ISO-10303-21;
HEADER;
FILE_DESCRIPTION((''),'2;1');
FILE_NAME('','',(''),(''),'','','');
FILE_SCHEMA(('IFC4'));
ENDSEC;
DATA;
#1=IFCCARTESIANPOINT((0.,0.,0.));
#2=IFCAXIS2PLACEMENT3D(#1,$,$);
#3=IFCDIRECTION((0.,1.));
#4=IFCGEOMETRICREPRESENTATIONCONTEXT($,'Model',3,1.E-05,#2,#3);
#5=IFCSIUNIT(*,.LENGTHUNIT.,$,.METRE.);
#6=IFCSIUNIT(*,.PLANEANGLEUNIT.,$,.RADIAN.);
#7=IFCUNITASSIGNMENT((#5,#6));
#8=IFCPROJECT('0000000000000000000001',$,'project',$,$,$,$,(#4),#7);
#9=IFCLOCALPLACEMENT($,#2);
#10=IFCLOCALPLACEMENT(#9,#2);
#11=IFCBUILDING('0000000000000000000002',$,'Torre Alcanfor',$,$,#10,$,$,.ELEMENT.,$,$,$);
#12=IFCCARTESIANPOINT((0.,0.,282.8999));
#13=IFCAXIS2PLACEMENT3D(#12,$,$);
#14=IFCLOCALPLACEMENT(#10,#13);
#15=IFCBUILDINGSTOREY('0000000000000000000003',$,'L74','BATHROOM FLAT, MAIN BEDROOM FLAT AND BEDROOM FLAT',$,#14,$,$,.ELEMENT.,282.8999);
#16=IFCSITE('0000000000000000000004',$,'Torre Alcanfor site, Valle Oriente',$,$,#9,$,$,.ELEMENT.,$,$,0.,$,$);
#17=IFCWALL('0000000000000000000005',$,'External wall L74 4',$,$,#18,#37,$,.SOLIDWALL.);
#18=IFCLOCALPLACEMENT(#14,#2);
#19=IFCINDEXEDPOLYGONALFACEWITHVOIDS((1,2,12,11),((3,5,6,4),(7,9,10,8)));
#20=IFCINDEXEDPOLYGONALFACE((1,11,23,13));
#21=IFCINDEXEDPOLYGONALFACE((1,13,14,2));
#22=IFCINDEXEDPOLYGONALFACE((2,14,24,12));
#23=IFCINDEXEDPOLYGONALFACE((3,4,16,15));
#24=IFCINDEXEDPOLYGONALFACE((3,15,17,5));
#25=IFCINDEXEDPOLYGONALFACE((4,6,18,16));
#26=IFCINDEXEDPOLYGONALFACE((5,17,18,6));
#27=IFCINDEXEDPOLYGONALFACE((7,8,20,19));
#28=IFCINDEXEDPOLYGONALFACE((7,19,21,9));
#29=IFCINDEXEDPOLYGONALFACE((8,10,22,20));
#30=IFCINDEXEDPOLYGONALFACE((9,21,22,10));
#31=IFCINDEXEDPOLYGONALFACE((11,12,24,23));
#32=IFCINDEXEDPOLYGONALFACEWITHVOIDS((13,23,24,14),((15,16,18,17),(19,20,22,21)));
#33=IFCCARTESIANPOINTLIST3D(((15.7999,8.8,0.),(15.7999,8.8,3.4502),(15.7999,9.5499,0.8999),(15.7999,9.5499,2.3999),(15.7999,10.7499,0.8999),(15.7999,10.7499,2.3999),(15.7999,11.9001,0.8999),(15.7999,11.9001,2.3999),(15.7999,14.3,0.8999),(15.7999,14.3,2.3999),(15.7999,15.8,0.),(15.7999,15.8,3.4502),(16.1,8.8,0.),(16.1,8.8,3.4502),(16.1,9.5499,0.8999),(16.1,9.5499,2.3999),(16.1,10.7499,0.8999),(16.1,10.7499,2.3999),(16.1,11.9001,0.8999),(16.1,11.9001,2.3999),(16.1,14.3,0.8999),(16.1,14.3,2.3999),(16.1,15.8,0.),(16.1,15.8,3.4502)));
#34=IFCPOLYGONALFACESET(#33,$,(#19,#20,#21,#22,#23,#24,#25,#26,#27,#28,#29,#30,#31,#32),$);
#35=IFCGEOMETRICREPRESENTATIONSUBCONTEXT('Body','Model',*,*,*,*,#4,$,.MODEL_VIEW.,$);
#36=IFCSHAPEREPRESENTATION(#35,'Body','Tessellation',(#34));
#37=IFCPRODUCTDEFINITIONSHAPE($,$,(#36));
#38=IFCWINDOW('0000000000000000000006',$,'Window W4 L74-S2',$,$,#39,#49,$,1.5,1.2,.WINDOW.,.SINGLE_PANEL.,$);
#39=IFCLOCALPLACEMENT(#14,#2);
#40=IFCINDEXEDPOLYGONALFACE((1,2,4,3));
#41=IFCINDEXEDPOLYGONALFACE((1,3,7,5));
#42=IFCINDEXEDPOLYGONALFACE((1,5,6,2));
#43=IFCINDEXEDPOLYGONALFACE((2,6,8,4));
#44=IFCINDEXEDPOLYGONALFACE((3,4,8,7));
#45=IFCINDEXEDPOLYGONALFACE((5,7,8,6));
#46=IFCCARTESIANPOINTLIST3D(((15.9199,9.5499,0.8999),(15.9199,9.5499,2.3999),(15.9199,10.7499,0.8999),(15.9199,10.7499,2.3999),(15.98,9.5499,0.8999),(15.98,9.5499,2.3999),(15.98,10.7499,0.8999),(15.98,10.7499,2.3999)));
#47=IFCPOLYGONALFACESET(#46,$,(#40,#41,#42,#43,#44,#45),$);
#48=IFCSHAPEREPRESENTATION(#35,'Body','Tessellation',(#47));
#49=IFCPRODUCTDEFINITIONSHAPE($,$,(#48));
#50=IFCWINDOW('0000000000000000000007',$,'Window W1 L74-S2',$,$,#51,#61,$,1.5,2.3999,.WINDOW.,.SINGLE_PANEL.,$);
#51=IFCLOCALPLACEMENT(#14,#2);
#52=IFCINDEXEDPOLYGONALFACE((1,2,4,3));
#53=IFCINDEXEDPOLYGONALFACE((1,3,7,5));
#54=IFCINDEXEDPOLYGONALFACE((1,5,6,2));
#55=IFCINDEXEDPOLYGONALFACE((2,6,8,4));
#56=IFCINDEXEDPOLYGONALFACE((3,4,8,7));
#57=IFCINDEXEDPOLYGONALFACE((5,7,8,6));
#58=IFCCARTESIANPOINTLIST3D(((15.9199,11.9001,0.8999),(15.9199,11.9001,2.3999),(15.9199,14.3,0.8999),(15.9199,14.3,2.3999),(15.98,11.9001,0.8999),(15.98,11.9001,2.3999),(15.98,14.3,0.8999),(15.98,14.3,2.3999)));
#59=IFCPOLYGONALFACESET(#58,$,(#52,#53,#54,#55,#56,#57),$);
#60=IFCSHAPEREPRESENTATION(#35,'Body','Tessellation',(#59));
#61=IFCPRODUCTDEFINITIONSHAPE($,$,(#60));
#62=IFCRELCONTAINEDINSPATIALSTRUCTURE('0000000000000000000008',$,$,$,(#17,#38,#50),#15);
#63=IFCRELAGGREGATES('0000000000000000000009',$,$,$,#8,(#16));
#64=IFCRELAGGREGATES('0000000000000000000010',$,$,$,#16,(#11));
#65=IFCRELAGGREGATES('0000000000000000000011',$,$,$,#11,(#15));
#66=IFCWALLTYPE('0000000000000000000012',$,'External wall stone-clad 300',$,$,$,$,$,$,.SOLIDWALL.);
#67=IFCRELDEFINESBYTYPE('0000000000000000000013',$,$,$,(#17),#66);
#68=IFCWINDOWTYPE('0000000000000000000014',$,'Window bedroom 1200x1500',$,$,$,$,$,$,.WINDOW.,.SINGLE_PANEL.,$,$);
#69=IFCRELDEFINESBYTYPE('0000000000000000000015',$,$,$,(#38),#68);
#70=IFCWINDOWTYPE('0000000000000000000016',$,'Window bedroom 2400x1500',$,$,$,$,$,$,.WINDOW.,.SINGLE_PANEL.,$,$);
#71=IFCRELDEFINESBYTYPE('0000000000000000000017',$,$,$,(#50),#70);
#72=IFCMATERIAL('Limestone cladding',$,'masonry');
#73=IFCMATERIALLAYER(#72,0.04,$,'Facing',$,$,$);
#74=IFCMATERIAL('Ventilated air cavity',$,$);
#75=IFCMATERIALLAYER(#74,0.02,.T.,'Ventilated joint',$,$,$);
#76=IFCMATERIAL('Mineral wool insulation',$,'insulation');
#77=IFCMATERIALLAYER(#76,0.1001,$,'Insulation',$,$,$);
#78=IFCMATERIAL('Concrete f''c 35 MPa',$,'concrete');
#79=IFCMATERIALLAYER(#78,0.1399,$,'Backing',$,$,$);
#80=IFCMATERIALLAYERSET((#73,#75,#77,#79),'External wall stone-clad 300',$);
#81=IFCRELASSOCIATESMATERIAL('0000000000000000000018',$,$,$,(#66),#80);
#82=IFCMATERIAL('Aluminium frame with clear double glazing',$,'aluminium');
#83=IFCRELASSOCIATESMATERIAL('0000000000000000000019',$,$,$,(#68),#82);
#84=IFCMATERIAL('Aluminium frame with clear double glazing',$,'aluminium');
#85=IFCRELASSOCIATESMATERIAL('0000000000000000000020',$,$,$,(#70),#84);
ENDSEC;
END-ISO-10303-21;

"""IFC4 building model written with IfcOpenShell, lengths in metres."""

from ifc_helpers import new_model, si_unit, direction, frame, frame_2d, origin, place, context, subcontext, project, spatial, rectangle, extrude, material, layer, layer_set, type_object, element, fill, save


model = new_model("IFC4")

# Units and contexts
model_context = context("Model", 3, precision=1e-05, world=origin(), true_north=direction((0.0, 1.0)))
body_context = subcontext(model_context, "Body", "Model", "MODEL_VIEW")
ifc_project = project(units=[si_unit("LENGTHUNIT", "METRE"), si_unit("PLANEANGLEUNIT", "RADIAN")], contexts=[model_context])

# Site, building, storey
site_placement = place(None, origin())
site = spatial("IfcSite", under=ifc_project, at=site_placement, Name="Torre Alcanfor site, Valle Oriente", CompositionType="ELEMENT", RefElevation=0.0)
building_placement = place(site_placement, origin())
building = spatial("IfcBuilding", under=site, at=building_placement, Name="Torre Alcanfor", CompositionType="ELEMENT")
storey_placement = place(building_placement, frame((0.0, 0.0, 282.8999)))
storey = spatial("IfcBuildingStorey", under=building, at=storey_placement, Name="L74", Description="BATHROOM FLAT, MAIN BEDROOM FLAT AND BEDROOM FLAT", CompositionType="ELEMENT", Elevation=282.8999)

# Wall, openings, windows
ifc_material_1 = material(Name="Limestone cladding", Category="masonry")
ifc_layer_1 = layer(ifc_material_1, 0.04, Name="Facing")
ifc_material_2 = material(Name="Ventilated air cavity")
ifc_layer_2 = layer(ifc_material_2, 0.02, ventilated=True, Name="Ventilated joint")
ifc_material_3 = material(Name="Mineral wool insulation", Category="insulation")
ifc_layer_3 = layer(ifc_material_3, 0.1001, Name="Insulation")
ifc_material_4 = material(Name="Concrete f'c 35 MPa", Category="concrete")
ifc_layer_4 = layer(ifc_material_4, 0.1399, Name="Backing")
ifc_layer_set_1 = layer_set([ifc_layer_1, ifc_layer_2, ifc_layer_3, ifc_layer_4], Name="External wall stone-clad 300")
wall_type_1 = type_object("IfcWallType", Name="External wall stone-clad 300", PredefinedType="SOLIDWALL", material=ifc_layer_set_1)
ifc_material_5 = material(Name="Aluminium frame with clear double glazing", Category="aluminium")
window_type_1 = type_object("IfcWindowType", Name="Window bedroom 1200x1500", PartitioningType="SINGLE_PANEL", PredefinedType="WINDOW", material=ifc_material_5)
ifc_material_6 = material(Name="Aluminium frame with clear double glazing", Category="aluminium")
window_type_2 = type_object("IfcWindowType", Name="Window bedroom 2400x1500", PartitioningType="SINGLE_PANEL", PredefinedType="WINDOW", material=ifc_material_6)
wall_1_placement = place(storey_placement, frame((15.95, 15.8, 0.0), z_axis=(0.0, 0.0, 1.0), x_axis=(0.0, -1.0, 0.0)))
wall_1 = element("IfcWall", 1, at=wall_1_placement, inside=storey, type_object=wall_type_1, Name="External wall L74 4", PredefinedType="SOLIDWALL", context=body_context, shape_type="SweptSolid", body=[
    extrude(rectangle(XDim=7.0, YDim=0.3, at=frame_2d((3.5, 0.0))), origin(), (0.0, 0.0, 1.0), 3.4502),
])
opening_1_placement = place(wall_1_placement, frame((1.5, 0.0, 0.8999)))
opening_1 = element("IfcOpeningElement", 2, at=opening_1_placement, cuts=wall_1, PredefinedType="OPENING", context=body_context, shape_type="SweptSolid", body=[
    extrude(rectangle(XDim=2.3999, YDim=1.5, at=frame_2d((1.2, 0.75))), frame((0.0, 0.1599, 0.0), z_axis=(0.0, -1.0, 0.0), x_axis=(1.0, 0.0, 0.0)), (0.0, 0.0, 1.0), 0.3201),
])
opening_2_placement = place(wall_1_placement, frame((5.05, 0.0, 0.8999)))
opening_2 = element("IfcOpeningElement", 3, at=opening_2_placement, cuts=wall_1, PredefinedType="OPENING", context=body_context, shape_type="SweptSolid", body=[
    extrude(rectangle(XDim=1.2, YDim=1.5, at=frame_2d((0.6001, 0.75))), frame((0.0, 0.1599, 0.0), z_axis=(0.0, -1.0, 0.0), x_axis=(1.0, 0.0, 0.0)), (0.0, 0.0, 1.0), 0.3201),
])
window_1_placement = place(opening_2_placement, origin())
window_1 = element("IfcWindow", 4, at=window_1_placement, inside=storey, type_object=window_type_1, Name="Window W4 L74-S2", OverallHeight=1.5, OverallWidth=1.2, PartitioningType="SINGLE_PANEL", PredefinedType="WINDOW", context=body_context, shape_type="SweptSolid", body=[
    extrude(rectangle(XDim=1.2, YDim=1.5, at=frame_2d((0.6001, 0.75))), frame((0.0, 0.03, 0.0), z_axis=(0.0, -1.0, 0.0), x_axis=(1.0, 0.0, 0.0)), (0.0, 0.0, 1.0), 0.0601),
])
fill(opening_2, window_1)
window_2_placement = place(opening_1_placement, origin())
window_2 = element("IfcWindow", 5, at=window_2_placement, inside=storey, type_object=window_type_2, Name="Window W1 L74-S2", OverallHeight=1.5, OverallWidth=2.3999, PartitioningType="SINGLE_PANEL", PredefinedType="WINDOW", context=body_context, shape_type="SweptSolid", body=[
    extrude(rectangle(XDim=2.3999, YDim=1.5, at=frame_2d((1.2, 0.75))), frame((0.0, 0.03, 0.0), z_axis=(0.0, -1.0, 0.0), x_axis=(1.0, 0.0, 0.0)), (0.0, 0.0, 1.0), 0.0601),
])
fill(opening_1, window_2)

save(model, "model.ifc")
